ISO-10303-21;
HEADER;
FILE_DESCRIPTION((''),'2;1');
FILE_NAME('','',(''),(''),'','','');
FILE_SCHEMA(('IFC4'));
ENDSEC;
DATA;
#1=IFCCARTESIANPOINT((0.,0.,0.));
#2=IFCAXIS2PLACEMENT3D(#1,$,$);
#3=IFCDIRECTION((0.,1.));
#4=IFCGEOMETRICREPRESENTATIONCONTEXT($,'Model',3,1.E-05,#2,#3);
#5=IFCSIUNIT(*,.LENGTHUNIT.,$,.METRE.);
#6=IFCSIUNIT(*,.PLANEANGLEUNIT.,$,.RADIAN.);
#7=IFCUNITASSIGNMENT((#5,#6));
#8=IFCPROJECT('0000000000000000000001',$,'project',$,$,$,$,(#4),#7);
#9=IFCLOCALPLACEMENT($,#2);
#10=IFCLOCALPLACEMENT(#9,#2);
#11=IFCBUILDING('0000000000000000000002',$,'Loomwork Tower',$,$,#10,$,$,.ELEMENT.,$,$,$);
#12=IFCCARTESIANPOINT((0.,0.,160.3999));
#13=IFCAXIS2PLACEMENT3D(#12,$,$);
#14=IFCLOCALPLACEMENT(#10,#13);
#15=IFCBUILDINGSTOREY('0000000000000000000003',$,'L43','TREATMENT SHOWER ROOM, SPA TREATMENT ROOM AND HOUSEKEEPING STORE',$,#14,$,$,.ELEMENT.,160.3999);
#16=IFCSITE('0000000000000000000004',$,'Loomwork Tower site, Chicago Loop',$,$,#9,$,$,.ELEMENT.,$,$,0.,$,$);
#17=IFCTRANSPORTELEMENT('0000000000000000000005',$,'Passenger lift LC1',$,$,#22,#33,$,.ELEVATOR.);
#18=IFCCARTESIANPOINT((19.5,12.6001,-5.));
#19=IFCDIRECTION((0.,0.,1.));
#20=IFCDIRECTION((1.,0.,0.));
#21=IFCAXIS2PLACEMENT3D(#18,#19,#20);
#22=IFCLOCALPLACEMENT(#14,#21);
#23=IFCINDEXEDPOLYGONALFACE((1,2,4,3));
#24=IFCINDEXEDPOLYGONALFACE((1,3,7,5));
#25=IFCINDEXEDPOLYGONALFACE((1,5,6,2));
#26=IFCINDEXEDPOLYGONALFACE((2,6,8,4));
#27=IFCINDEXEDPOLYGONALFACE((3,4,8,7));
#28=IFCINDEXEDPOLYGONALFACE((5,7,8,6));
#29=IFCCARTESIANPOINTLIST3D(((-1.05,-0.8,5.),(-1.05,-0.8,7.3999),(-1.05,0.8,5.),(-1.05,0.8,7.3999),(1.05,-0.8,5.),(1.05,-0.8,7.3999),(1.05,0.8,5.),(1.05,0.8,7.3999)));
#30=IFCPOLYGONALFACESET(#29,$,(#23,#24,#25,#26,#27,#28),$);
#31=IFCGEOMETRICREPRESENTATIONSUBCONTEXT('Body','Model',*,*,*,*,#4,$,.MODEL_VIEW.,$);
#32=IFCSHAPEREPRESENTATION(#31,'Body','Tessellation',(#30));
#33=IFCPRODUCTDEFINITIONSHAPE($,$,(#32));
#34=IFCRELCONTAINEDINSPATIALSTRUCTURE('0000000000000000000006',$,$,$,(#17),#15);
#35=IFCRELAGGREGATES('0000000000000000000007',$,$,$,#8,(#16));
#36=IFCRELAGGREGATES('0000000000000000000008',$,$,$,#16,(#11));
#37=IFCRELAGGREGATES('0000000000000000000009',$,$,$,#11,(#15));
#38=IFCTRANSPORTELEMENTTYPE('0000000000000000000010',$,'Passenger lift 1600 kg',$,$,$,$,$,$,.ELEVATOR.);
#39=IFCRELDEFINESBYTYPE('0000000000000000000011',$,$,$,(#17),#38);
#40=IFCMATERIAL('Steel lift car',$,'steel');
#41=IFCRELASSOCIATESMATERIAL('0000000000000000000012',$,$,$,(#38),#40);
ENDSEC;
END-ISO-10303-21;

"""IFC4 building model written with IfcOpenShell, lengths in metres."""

from ifc_helpers import new_model, si_unit, direction, frame, origin, origin_2d, place, context, subcontext, project, spatial, rectangle, extrude, material, type_object, element, save


model = new_model("IFC4")

# Units and contexts
model_context = context("Model", 3, precision=1e-05, world=origin(), true_north=direction((0.0, 1.0)))
body_context = subcontext(model_context, "Body", "Model", "MODEL_VIEW")
ifc_project = project(units=[si_unit("LENGTHUNIT", "METRE"), si_unit("PLANEANGLEUNIT", "RADIAN")], contexts=[model_context])

# Site, building, storey
site_placement = place(None, origin())
site = spatial("IfcSite", under=ifc_project, at=site_placement, Name="Loomwork Tower site, Chicago Loop", CompositionType="ELEMENT", RefElevation=0.0)
building_placement = place(site_placement, origin())
building = spatial("IfcBuilding", under=site, at=building_placement, Name="Loomwork Tower", CompositionType="ELEMENT")
storey_placement = place(building_placement, frame((0.0, 0.0, 160.3999)))
storey = spatial("IfcBuildingStorey", under=building, at=storey_placement, Name="L43", Description="TREATMENT SHOWER ROOM, SPA TREATMENT ROOM AND HOUSEKEEPING STORE", CompositionType="ELEMENT", Elevation=160.3999)

# Transport element
ifc_material_1 = material(Name="Steel lift car", Category="steel")
transport_element_type = type_object("IfcTransportElementType", Name="Passenger lift 1600 kg", PredefinedType="ELEVATOR", material=ifc_material_1)
transport_element_placement = place(storey_placement, frame((19.5, 12.6001, -5.0), z_axis=(0.0, 0.0, 1.0), x_axis=(1.0, 0.0, 0.0)))
element("IfcTransportElement", 1, at=transport_element_placement, inside=storey, type_object=transport_element_type, Name="Passenger lift LC1", PredefinedType="ELEVATOR", context=body_context, shape_type="SweptSolid", body=[
    extrude(rectangle(XDim=2.1001, YDim=1.6001, at=origin_2d()), frame((0.0, 0.0, 5.0)), (0.0, 0.0, 1.0), 2.3999),
])

save(model, "model.ifc")
